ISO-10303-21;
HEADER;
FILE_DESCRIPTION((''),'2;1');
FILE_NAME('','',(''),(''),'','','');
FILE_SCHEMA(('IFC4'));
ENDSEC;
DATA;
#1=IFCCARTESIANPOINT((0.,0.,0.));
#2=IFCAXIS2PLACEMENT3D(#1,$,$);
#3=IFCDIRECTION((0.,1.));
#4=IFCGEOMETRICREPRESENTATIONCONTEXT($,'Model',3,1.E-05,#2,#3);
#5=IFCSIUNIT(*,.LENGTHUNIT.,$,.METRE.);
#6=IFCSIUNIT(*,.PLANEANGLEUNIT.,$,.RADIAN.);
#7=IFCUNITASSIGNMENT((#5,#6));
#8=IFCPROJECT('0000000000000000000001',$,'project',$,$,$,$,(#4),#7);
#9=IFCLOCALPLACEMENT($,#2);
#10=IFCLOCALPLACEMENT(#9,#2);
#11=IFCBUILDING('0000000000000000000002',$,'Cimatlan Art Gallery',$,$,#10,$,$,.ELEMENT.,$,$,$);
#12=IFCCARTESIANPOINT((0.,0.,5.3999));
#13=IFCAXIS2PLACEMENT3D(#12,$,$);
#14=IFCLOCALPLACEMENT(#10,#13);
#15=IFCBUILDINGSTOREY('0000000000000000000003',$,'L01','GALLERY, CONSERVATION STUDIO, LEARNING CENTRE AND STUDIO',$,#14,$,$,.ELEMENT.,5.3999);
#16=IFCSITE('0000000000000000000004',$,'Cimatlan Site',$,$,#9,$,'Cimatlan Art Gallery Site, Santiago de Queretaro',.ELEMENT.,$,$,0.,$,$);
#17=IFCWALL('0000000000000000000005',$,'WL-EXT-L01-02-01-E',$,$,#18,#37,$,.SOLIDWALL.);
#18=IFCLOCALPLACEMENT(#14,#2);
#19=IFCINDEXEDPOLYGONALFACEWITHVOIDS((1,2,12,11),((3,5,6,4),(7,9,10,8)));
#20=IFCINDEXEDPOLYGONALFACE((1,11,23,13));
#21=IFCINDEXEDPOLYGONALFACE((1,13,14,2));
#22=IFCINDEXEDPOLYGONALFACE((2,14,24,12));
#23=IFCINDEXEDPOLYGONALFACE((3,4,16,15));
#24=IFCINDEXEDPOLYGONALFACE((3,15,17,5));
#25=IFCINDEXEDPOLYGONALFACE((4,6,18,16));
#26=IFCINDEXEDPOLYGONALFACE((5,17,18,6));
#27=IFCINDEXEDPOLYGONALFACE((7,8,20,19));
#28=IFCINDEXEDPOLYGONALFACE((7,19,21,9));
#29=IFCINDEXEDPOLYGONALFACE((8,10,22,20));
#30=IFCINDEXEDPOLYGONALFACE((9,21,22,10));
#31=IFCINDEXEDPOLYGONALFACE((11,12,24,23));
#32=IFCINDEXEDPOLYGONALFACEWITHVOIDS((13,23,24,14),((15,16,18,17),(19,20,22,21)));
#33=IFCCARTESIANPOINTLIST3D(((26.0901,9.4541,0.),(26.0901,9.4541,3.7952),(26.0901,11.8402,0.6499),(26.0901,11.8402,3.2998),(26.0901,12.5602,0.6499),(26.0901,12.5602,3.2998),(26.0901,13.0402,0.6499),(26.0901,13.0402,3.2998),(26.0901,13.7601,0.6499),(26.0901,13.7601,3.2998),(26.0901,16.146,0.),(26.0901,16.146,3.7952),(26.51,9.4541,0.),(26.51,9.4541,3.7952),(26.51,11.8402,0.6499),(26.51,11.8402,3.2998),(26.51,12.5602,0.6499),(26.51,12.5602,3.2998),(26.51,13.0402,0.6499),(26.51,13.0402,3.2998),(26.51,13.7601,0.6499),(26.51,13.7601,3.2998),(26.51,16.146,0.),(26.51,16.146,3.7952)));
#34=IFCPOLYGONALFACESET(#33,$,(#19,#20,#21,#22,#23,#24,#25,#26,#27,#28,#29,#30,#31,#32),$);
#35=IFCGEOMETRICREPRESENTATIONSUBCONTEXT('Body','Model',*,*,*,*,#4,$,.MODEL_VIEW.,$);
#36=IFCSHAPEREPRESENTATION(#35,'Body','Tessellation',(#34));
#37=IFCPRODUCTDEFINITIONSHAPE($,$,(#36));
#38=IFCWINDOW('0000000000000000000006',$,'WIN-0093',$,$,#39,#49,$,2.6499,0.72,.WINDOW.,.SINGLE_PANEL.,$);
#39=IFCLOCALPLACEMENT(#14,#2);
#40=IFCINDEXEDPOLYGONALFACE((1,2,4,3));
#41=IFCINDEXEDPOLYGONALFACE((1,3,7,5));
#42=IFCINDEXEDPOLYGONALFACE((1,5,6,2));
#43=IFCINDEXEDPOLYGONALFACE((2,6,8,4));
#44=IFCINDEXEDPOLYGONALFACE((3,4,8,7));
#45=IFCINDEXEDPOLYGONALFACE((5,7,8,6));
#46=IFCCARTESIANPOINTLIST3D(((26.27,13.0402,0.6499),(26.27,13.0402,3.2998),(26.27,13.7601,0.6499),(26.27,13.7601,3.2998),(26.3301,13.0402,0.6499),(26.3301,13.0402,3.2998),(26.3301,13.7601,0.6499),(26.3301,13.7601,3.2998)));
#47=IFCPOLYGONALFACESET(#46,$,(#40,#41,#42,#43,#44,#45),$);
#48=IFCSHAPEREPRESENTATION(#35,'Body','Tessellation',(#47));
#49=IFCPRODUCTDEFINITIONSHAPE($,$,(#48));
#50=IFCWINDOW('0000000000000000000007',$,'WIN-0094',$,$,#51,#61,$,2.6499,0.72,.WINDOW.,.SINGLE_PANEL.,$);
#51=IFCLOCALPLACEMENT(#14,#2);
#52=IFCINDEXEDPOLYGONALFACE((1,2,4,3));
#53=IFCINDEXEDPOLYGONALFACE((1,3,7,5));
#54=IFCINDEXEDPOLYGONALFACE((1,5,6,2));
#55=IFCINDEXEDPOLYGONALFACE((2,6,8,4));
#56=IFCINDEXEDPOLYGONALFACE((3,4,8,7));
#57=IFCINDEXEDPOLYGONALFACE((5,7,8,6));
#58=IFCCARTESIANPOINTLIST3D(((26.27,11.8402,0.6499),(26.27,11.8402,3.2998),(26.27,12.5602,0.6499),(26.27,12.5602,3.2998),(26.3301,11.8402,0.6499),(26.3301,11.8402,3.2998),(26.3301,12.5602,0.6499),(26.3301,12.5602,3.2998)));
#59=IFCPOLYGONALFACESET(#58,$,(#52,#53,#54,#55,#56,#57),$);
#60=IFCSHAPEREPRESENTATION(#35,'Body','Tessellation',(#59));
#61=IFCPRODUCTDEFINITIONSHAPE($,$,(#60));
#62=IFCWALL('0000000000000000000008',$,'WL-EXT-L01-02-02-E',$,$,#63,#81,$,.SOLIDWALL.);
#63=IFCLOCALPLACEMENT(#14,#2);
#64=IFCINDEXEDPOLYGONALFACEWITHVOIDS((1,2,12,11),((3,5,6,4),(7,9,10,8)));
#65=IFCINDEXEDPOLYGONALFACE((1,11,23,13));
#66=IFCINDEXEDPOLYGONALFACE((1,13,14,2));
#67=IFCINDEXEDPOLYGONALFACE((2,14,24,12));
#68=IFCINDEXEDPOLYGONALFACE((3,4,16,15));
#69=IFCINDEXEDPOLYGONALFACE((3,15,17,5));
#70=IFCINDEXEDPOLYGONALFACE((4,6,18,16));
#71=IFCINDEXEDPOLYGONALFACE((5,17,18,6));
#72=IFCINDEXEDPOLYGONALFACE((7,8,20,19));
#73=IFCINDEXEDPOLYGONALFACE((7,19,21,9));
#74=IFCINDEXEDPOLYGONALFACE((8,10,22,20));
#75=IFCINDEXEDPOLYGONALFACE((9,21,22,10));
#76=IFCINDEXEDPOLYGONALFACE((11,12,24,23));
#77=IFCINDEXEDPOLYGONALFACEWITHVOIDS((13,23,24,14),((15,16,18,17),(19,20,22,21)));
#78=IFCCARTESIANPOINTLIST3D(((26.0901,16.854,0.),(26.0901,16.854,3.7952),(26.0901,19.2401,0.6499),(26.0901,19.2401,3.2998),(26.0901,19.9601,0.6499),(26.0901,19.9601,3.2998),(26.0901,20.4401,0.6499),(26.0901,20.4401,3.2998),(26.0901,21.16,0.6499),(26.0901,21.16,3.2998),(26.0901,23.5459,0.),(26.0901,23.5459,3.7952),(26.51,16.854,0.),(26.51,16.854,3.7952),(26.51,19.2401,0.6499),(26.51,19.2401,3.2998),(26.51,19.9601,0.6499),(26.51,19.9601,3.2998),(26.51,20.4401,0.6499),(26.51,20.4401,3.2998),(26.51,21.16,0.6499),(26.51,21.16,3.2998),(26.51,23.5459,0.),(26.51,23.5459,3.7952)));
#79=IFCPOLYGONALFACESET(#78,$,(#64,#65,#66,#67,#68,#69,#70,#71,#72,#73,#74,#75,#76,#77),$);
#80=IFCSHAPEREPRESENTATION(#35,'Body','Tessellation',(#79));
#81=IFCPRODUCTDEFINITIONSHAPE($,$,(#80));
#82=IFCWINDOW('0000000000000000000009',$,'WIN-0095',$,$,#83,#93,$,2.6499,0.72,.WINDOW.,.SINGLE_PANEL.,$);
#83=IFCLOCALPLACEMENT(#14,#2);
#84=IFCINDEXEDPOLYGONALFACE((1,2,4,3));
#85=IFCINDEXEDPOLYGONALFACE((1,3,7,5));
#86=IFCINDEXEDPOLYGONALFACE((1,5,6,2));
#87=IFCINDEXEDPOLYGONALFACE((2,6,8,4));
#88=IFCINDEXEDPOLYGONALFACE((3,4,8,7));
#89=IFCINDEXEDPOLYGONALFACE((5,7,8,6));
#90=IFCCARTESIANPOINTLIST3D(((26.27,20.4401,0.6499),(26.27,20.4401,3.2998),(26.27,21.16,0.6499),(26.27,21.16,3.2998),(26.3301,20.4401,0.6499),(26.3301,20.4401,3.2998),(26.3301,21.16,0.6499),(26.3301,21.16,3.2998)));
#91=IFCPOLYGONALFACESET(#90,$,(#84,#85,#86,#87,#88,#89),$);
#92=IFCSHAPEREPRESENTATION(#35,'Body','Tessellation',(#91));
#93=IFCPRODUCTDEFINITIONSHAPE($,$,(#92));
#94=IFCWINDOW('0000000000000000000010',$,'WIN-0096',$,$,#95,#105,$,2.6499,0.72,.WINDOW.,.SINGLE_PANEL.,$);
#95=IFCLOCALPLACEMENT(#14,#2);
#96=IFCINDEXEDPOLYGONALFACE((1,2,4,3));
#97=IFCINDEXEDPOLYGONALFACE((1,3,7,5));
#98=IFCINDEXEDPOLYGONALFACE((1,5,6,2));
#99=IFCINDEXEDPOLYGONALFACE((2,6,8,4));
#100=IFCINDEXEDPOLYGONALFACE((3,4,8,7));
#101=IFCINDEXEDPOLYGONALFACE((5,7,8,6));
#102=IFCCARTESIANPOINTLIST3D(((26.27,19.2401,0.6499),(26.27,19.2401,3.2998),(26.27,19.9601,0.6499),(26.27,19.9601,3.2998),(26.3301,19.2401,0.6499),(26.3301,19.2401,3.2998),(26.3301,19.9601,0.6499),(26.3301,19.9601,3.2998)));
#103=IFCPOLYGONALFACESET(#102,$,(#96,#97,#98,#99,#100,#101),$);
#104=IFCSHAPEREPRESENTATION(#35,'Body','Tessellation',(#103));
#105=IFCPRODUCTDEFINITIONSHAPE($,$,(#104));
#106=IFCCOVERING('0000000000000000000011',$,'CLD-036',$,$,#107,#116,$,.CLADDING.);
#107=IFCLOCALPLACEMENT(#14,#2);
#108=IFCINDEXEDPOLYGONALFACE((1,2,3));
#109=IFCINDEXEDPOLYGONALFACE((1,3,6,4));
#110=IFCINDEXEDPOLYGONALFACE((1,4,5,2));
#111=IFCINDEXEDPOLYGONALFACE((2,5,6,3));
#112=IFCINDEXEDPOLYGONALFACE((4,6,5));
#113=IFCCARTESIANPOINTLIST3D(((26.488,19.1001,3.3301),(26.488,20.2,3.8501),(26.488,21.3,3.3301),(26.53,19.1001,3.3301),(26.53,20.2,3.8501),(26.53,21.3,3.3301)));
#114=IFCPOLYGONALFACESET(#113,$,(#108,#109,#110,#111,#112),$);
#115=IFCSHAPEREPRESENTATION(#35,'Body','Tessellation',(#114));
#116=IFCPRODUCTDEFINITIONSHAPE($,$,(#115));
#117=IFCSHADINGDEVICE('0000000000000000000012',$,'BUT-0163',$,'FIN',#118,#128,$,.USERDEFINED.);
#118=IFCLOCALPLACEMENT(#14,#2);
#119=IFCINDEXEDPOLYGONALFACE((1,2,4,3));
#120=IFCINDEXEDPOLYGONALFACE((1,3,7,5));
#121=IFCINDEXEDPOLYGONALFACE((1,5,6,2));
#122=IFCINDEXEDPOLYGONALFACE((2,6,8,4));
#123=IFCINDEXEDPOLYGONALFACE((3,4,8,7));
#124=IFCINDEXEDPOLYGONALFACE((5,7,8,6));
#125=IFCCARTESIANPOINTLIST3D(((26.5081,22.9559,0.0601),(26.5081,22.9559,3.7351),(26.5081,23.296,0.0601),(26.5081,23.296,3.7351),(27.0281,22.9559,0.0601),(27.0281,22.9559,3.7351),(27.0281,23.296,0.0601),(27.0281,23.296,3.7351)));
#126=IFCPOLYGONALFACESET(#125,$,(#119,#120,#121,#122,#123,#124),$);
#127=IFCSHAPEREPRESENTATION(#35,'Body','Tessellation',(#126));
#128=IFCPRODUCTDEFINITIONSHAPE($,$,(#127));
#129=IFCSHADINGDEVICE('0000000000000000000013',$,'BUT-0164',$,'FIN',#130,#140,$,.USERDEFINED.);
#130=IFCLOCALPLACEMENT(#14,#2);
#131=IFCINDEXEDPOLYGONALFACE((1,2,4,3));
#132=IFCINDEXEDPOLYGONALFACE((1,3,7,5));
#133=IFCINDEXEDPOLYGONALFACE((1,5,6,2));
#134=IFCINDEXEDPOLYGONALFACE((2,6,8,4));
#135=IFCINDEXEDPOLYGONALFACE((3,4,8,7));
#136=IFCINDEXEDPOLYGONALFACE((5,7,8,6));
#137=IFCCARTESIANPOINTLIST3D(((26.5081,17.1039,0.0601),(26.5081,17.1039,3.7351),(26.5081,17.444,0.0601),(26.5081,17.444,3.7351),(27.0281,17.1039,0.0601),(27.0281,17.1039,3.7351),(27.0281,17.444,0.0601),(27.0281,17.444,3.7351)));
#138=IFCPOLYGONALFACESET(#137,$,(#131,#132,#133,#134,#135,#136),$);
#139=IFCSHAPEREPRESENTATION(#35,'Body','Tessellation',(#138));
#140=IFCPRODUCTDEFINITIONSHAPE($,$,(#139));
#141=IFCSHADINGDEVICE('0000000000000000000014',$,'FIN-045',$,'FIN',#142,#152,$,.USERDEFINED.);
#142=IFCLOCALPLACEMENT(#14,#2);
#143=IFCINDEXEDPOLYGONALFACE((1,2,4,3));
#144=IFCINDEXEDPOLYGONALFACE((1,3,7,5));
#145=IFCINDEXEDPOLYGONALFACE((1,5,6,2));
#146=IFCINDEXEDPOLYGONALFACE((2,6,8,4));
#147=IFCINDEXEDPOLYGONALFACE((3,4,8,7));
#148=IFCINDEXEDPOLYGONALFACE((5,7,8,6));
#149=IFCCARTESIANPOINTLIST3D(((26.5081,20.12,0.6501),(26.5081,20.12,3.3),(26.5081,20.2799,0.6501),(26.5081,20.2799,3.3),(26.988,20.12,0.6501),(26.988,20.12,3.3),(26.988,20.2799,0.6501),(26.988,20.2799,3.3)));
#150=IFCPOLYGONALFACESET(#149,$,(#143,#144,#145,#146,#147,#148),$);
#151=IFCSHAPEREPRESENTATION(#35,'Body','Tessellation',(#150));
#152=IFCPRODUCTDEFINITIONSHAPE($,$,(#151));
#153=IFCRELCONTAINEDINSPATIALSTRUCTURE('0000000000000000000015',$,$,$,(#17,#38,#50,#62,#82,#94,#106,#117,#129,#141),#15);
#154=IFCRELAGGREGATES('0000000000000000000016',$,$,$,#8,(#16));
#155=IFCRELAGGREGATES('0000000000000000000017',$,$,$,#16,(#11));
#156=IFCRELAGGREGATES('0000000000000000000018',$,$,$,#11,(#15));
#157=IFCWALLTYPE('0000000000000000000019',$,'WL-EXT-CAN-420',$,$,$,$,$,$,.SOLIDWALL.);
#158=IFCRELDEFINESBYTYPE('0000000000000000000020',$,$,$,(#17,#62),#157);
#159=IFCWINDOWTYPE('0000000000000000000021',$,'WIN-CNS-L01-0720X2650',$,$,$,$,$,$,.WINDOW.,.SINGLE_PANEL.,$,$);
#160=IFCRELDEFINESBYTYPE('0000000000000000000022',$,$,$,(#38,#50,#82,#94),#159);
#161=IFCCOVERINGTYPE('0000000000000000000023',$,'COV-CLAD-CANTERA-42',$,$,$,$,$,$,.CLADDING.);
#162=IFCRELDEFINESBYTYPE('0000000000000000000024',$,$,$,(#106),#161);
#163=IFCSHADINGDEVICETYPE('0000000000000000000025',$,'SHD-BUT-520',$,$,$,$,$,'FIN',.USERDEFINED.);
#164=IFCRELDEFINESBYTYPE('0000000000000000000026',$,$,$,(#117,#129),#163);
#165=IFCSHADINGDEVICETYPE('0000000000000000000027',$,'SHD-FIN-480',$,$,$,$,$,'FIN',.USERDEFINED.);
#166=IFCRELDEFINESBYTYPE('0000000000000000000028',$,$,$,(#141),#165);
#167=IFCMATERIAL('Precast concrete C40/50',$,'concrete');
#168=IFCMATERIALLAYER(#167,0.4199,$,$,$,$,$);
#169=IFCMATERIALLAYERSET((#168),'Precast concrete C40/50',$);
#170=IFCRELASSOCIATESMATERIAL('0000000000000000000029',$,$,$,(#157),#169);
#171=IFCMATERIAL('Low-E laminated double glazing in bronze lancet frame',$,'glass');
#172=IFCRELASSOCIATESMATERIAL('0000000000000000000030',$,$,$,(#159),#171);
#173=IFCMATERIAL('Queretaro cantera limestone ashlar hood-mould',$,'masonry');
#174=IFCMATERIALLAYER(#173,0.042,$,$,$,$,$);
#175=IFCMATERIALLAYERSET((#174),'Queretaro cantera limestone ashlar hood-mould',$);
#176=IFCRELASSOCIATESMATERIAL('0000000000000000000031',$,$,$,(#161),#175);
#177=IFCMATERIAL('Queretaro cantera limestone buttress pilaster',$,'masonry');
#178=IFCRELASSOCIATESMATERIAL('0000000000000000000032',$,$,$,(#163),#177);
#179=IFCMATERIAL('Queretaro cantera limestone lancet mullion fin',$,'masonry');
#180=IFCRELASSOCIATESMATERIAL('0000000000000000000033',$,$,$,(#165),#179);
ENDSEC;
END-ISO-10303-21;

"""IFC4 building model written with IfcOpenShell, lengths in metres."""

from ifc_helpers import new_model, si_unit, direction, frame, frame_2d, origin, origin_2d, place, context, subcontext, project, spatial, polyline, rectangle, outline, extrude, material, layer, layer_set, type_object, element, fill, save


model = new_model("IFC4")

# Units and contexts
model_context = context("Model", 3, precision=1e-05, world=origin(), true_north=direction((0.0, 1.0)))
body_context = subcontext(model_context, "Body", "Model", "MODEL_VIEW")
ifc_project = project(units=[si_unit("LENGTHUNIT", "METRE"), si_unit("PLANEANGLEUNIT", "RADIAN")], contexts=[model_context])

# Site, building, storey
site_placement = place(None, origin())
site = spatial("IfcSite", under=ifc_project, at=site_placement, Name="Cimatlan Site", LongName="Cimatlan Art Gallery Site, Santiago de Queretaro", CompositionType="ELEMENT", RefElevation=0.0)
building_placement = place(site_placement, origin())
building = spatial("IfcBuilding", under=site, at=building_placement, Name="Cimatlan Art Gallery", CompositionType="ELEMENT")
storey_placement = place(building_placement, frame((0.0, 0.0, 5.3999)))
storey = spatial("IfcBuildingStorey", under=building, at=storey_placement, Name="L01", Description="GALLERY, CONSERVATION STUDIO, LEARNING CENTRE AND STUDIO", CompositionType="ELEMENT", Elevation=5.3999)

# Walls, openings, windows
ifc_material_1 = material(Name="Precast concrete C40/50", Category="concrete")
ifc_layer_1 = layer(ifc_material_1, 0.4199)
ifc_layer_set_1 = layer_set([ifc_layer_1], Name="Precast concrete C40/50")
wall_type = type_object("IfcWallType", Name="WL-EXT-CAN-420", PredefinedType="SOLIDWALL", material=ifc_layer_set_1)
wall_1_placement = place(storey_placement, frame((26.3, 16.146, 0.0), z_axis=(0.0, 0.0, 1.0), x_axis=(0.0, -1.0, 0.0)))
wall_1 = element("IfcWall", 1, at=wall_1_placement, inside=storey, type_object=wall_type, Name="WL-EXT-L01-02-01-E", PredefinedType="SOLIDWALL", context=body_context, shape_type="SweptSolid", body=[
    extrude(rectangle(XDim=6.6919, YDim=0.4199, at=frame_2d((3.3459, 0.0))), origin(), (0.0, 0.0, 1.0), 3.7952),
])
opening_1_placement = place(wall_1_placement, frame((2.386, 0.0, 0.6499)))
opening_1 = element("IfcOpeningElement", 2, at=opening_1_placement, cuts=wall_1, PredefinedType="OPENING", context=body_context, shape_type="SweptSolid", body=[
    extrude(rectangle(XDim=0.72, YDim=2.6499, at=frame_2d((0.3599, 1.325))), frame((0.0, 0.22, 0.0), z_axis=(0.0, -1.0, 0.0), x_axis=(1.0, 0.0, 0.0)), (0.0, 0.0, 1.0), 0.4399),
])
opening_2_placement = place(wall_1_placement, frame((3.5859, 0.0, 0.6499)))
opening_2 = element("IfcOpeningElement", 3, at=opening_2_placement, cuts=wall_1, PredefinedType="OPENING", context=body_context, shape_type="SweptSolid", body=[
    extrude(rectangle(XDim=0.72, YDim=2.6499, at=frame_2d((0.3599, 1.325))), frame((0.0, 0.22, 0.0), z_axis=(0.0, -1.0, 0.0), x_axis=(1.0, 0.0, 0.0)), (0.0, 0.0, 1.0), 0.4399),
])
ifc_material_2 = material(Name="Low-E laminated double glazing in bronze lancet frame", Category="glass")
window_type = type_object("IfcWindowType", Name="WIN-CNS-L01-0720X2650", PartitioningType="SINGLE_PANEL", PredefinedType="WINDOW", material=ifc_material_2)
window_1_placement = place(opening_1_placement, origin())
window_1 = element("IfcWindow", 4, at=window_1_placement, inside=storey, type_object=window_type, Name="WIN-0093", OverallHeight=2.6499, OverallWidth=0.72, PartitioningType="SINGLE_PANEL", PredefinedType="WINDOW", context=body_context, shape_type="SweptSolid", body=[
    extrude(rectangle(XDim=0.72, YDim=2.6499, at=frame_2d((0.3599, 1.325))), frame((0.0, 0.03, 0.0), z_axis=(0.0, -1.0, 0.0), x_axis=(1.0, 0.0, 0.0)), (0.0, 0.0, 1.0), 0.0601),
])
fill(opening_1, window_1)
window_2_placement = place(opening_2_placement, origin())
window_2 = element("IfcWindow", 5, at=window_2_placement, inside=storey, type_object=window_type, Name="WIN-0094", OverallHeight=2.6499, OverallWidth=0.72, PartitioningType="SINGLE_PANEL", PredefinedType="WINDOW", context=body_context, shape_type="SweptSolid", body=[
    extrude(rectangle(XDim=0.72, YDim=2.6499, at=frame_2d((0.3599, 1.325))), frame((0.0, 0.03, 0.0), z_axis=(0.0, -1.0, 0.0), x_axis=(1.0, 0.0, 0.0)), (0.0, 0.0, 1.0), 0.0601),
])
fill(opening_2, window_2)
wall_2_placement = place(storey_placement, frame((26.3, 23.5459, 0.0), z_axis=(0.0, 0.0, 1.0), x_axis=(0.0, -1.0, 0.0)))
wall_2 = element("IfcWall", 6, at=wall_2_placement, inside=storey, type_object=wall_type, Name="WL-EXT-L01-02-02-E", PredefinedType="SOLIDWALL", context=body_context, shape_type="SweptSolid", body=[
    extrude(rectangle(XDim=6.6919, YDim=0.4199, at=frame_2d((3.3459, 0.0))), origin(), (0.0, 0.0, 1.0), 3.7952),
])
opening_3_placement = place(wall_2_placement, frame((2.386, 0.0, 0.6499)))
opening_3 = element("IfcOpeningElement", 7, at=opening_3_placement, cuts=wall_2, PredefinedType="OPENING", context=body_context, shape_type="SweptSolid", body=[
    extrude(rectangle(XDim=0.72, YDim=2.6499, at=frame_2d((0.3599, 1.325))), frame((0.0, 0.22, 0.0), z_axis=(0.0, -1.0, 0.0), x_axis=(1.0, 0.0, 0.0)), (0.0, 0.0, 1.0), 0.4399),
])
opening_4_placement = place(wall_2_placement, frame((3.5859, 0.0, 0.6499)))
opening_4 = element("IfcOpeningElement", 8, at=opening_4_placement, cuts=wall_2, PredefinedType="OPENING", context=body_context, shape_type="SweptSolid", body=[
    extrude(rectangle(XDim=0.72, YDim=2.6499, at=frame_2d((0.3599, 1.325))), frame((0.0, 0.22, 0.0), z_axis=(0.0, -1.0, 0.0), x_axis=(1.0, 0.0, 0.0)), (0.0, 0.0, 1.0), 0.4399),
])
window_3_placement = place(opening_3_placement, origin())
window_3 = element("IfcWindow", 9, at=window_3_placement, inside=storey, type_object=window_type, Name="WIN-0095", OverallHeight=2.6499, OverallWidth=0.72, PartitioningType="SINGLE_PANEL", PredefinedType="WINDOW", context=body_context, shape_type="SweptSolid", body=[
    extrude(rectangle(XDim=0.72, YDim=2.6499, at=frame_2d((0.3599, 1.325))), frame((0.0, 0.03, 0.0), z_axis=(0.0, -1.0, 0.0), x_axis=(1.0, 0.0, 0.0)), (0.0, 0.0, 1.0), 0.0601),
])
fill(opening_3, window_3)
window_4_placement = place(opening_4_placement, origin())
window_4 = element("IfcWindow", 10, at=window_4_placement, inside=storey, type_object=window_type, Name="WIN-0096", OverallHeight=2.6499, OverallWidth=0.72, PartitioningType="SINGLE_PANEL", PredefinedType="WINDOW", context=body_context, shape_type="SweptSolid", body=[
    extrude(rectangle(XDim=0.72, YDim=2.6499, at=frame_2d((0.3599, 1.325))), frame((0.0, 0.03, 0.0), z_axis=(0.0, -1.0, 0.0), x_axis=(1.0, 0.0, 0.0)), (0.0, 0.0, 1.0), 0.0601),
])
fill(opening_4, window_4)

# Covering
ifc_material_3 = material(Name="Queretaro cantera limestone ashlar hood-mould", Category="masonry")
ifc_layer_2 = layer(ifc_material_3, 0.042)
ifc_layer_set_2 = layer_set([ifc_layer_2], Name="Queretaro cantera limestone ashlar hood-mould")
covering_type = type_object("IfcCoveringType", Name="COV-CLAD-CANTERA-42", PredefinedType="CLADDING", material=ifc_layer_set_2)
covering_placement = place(storey_placement, frame((26.488, 21.3, 3.3301), z_axis=(-1.0, 0.0, 0.0), x_axis=(0.0, -1.0, 0.0)))
element("IfcCovering", 11, at=covering_placement, inside=storey, type_object=covering_type, Name="CLD-036", PredefinedType="CLADDING", context=body_context, shape_type="SweptSolid", body=[
    extrude(outline(polyline([(0.0, 0.0), (2.2, 0.0), (1.1001, 0.52), (0.0, 0.0)])), origin(), (0.0, 0.0, -1.0), 0.042),
])

# Shading devices
ifc_material_4 = material(Name="Queretaro cantera limestone buttress pilaster", Category="masonry")
shading_device_type_1 = type_object("IfcShadingDeviceType", Name="SHD-BUT-520", ElementType="FIN", PredefinedType="USERDEFINED", material=ifc_material_4)
for number, where, z_axis, x_axis, name in (
    (12, (26.7681, 23.126, 0.0601), (0.0, 0.0, 1.0), (0.0, -1.0, 0.0), "BUT-0163"),
    (13, (26.7681, 17.2739, 0.0601), (0.0, 0.0, 1.0), (0.0, -1.0, 0.0), "BUT-0164"),
):
    element("IfcShadingDevice", number, at=place(storey_placement, frame(where, z_axis=z_axis, x_axis=x_axis)), inside=storey, type_object=shading_device_type_1, Name=name, ObjectType="FIN", PredefinedType="USERDEFINED", context=body_context, shape_type="SweptSolid", body=[
        extrude(rectangle(XDim=0.3401, YDim=0.52, at=origin_2d()), origin(), (0.0, 0.0, 1.0), 3.675),
    ])
ifc_material_5 = material(Name="Queretaro cantera limestone lancet mullion fin", Category="masonry")
shading_device_type_2 = type_object("IfcShadingDeviceType", Name="SHD-FIN-480", ElementType="FIN", PredefinedType="USERDEFINED", material=ifc_material_5)
shading_device_placement = place(storey_placement, frame((26.748, 20.2, 0.6501), z_axis=(0.0, 0.0, 1.0), x_axis=(0.0, -1.0, 0.0)))
element("IfcShadingDevice", 14, at=shading_device_placement, inside=storey, type_object=shading_device_type_2, Name="FIN-045", ObjectType="FIN", PredefinedType="USERDEFINED", context=body_context, shape_type="SweptSolid", body=[
    extrude(rectangle(XDim=0.1599, YDim=0.48, at=origin_2d()), origin(), (0.0, 0.0, 1.0), 2.6499),
])

save(model, "model.ifc")
